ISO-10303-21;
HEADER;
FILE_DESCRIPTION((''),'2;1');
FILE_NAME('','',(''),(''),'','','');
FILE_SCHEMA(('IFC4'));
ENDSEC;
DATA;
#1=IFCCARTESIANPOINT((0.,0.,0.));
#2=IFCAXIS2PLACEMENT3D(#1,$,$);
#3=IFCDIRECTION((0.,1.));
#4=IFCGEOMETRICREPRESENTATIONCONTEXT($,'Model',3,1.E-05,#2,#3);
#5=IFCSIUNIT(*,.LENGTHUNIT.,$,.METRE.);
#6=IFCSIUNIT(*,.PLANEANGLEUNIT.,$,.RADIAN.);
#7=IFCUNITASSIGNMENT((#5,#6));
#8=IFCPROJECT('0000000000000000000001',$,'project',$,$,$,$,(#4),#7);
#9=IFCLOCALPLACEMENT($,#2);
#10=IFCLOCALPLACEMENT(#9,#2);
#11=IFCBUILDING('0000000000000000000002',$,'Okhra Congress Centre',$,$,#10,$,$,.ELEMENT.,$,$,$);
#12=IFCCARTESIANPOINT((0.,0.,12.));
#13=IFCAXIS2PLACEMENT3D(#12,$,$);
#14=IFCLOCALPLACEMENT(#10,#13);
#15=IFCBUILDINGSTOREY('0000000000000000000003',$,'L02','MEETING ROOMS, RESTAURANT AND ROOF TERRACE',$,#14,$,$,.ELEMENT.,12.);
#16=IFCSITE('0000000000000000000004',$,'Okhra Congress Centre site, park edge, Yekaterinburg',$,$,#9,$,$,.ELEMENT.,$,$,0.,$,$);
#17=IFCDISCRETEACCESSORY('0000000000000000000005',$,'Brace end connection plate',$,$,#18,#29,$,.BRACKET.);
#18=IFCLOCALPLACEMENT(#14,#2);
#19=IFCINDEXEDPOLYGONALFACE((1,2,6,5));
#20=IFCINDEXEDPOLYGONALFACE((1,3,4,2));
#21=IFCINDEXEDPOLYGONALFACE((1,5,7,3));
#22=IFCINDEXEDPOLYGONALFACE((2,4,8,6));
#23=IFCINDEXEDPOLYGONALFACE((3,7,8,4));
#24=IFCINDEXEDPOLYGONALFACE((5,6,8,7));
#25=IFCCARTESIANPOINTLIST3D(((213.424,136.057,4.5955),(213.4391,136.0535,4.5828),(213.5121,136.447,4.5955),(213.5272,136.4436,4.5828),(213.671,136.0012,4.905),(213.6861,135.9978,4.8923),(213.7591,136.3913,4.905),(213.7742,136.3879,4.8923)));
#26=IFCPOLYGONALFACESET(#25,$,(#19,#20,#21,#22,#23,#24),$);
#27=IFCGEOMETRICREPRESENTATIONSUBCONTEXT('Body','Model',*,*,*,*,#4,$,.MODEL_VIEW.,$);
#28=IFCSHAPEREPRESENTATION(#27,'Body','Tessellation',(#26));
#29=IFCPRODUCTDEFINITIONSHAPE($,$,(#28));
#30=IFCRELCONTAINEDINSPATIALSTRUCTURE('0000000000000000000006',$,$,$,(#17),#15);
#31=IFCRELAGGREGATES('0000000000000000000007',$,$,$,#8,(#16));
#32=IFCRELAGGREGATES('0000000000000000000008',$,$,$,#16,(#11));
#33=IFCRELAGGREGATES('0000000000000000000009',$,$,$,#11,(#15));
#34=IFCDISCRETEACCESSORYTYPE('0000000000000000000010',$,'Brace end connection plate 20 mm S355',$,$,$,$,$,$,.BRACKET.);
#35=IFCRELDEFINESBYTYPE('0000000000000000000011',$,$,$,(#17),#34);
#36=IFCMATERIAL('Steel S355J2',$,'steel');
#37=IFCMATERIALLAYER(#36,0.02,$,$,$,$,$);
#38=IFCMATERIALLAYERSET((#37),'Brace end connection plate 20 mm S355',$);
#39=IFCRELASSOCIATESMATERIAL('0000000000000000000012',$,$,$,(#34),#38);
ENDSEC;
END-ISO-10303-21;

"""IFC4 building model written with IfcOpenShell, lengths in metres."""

from ifc_helpers import new_model, si_unit, direction, frame, origin, origin_2d, place, context, subcontext, project, spatial, rectangle, extrude, material, layer, layer_set, type_object, element, save


model = new_model("IFC4")

# Units and contexts
model_context = context("Model", 3, precision=1e-05, world=origin(), true_north=direction((0.0, 1.0)))
body_context = subcontext(model_context, "Body", "Model", "MODEL_VIEW")
ifc_project = project(units=[si_unit("LENGTHUNIT", "METRE"), si_unit("PLANEANGLEUNIT", "RADIAN")], contexts=[model_context])

# Site, building, storey
site_placement = place(None, origin())
site = spatial("IfcSite", under=ifc_project, at=site_placement, Name="Okhra Congress Centre site, park edge, Yekaterinburg", CompositionType="ELEMENT", RefElevation=0.0)
building_placement = place(site_placement, origin())
building = spatial("IfcBuilding", under=site, at=building_placement, Name="Okhra Congress Centre", CompositionType="ELEMENT")
storey_placement = place(building_placement, frame((0.0, 0.0, 12.0)))
storey = spatial("IfcBuildingStorey", under=building, at=storey_placement, Name="L02", Description="MEETING ROOMS, RESTAURANT AND ROOF TERRACE", CompositionType="ELEMENT", Elevation=12.0)

# Shared definitions
ifc_material_1 = material(Name="Steel S355J2", Category="steel")

# Discrete accessory
ifc_layer_1 = layer(ifc_material_1, 0.02)
ifc_layer_set_1 = layer_set([ifc_layer_1], Name="Brace end connection plate 20 mm S355")
discrete_accessory_type = type_object("IfcDiscreteAccessoryType", Name="Brace end connection plate 20 mm S355", PredefinedType="BRACKET", material=ifc_layer_set_1)
for number, where, z_axis, x_axis, name in (
    (1, (213.6067, 136.2207, 4.7375), (-0.754976, 0.170478, 0.633205), (-0.220261, -0.975441, 0.0), "Brace end connection plate"),
):
    element("IfcDiscreteAccessory", number, at=place(storey_placement, frame(where, z_axis=z_axis, x_axis=x_axis)), inside=storey, type_object=discrete_accessory_type, Name=name, PredefinedType="BRACKET", context=body_context, shape_type="SweptSolid", body=[
        extrude(rectangle(XDim=0.3999, YDim=0.3999, at=origin_2d()), origin(), (0.0, 0.0, 1.0), 0.02),
    ])

save(model, "model.ifc")
